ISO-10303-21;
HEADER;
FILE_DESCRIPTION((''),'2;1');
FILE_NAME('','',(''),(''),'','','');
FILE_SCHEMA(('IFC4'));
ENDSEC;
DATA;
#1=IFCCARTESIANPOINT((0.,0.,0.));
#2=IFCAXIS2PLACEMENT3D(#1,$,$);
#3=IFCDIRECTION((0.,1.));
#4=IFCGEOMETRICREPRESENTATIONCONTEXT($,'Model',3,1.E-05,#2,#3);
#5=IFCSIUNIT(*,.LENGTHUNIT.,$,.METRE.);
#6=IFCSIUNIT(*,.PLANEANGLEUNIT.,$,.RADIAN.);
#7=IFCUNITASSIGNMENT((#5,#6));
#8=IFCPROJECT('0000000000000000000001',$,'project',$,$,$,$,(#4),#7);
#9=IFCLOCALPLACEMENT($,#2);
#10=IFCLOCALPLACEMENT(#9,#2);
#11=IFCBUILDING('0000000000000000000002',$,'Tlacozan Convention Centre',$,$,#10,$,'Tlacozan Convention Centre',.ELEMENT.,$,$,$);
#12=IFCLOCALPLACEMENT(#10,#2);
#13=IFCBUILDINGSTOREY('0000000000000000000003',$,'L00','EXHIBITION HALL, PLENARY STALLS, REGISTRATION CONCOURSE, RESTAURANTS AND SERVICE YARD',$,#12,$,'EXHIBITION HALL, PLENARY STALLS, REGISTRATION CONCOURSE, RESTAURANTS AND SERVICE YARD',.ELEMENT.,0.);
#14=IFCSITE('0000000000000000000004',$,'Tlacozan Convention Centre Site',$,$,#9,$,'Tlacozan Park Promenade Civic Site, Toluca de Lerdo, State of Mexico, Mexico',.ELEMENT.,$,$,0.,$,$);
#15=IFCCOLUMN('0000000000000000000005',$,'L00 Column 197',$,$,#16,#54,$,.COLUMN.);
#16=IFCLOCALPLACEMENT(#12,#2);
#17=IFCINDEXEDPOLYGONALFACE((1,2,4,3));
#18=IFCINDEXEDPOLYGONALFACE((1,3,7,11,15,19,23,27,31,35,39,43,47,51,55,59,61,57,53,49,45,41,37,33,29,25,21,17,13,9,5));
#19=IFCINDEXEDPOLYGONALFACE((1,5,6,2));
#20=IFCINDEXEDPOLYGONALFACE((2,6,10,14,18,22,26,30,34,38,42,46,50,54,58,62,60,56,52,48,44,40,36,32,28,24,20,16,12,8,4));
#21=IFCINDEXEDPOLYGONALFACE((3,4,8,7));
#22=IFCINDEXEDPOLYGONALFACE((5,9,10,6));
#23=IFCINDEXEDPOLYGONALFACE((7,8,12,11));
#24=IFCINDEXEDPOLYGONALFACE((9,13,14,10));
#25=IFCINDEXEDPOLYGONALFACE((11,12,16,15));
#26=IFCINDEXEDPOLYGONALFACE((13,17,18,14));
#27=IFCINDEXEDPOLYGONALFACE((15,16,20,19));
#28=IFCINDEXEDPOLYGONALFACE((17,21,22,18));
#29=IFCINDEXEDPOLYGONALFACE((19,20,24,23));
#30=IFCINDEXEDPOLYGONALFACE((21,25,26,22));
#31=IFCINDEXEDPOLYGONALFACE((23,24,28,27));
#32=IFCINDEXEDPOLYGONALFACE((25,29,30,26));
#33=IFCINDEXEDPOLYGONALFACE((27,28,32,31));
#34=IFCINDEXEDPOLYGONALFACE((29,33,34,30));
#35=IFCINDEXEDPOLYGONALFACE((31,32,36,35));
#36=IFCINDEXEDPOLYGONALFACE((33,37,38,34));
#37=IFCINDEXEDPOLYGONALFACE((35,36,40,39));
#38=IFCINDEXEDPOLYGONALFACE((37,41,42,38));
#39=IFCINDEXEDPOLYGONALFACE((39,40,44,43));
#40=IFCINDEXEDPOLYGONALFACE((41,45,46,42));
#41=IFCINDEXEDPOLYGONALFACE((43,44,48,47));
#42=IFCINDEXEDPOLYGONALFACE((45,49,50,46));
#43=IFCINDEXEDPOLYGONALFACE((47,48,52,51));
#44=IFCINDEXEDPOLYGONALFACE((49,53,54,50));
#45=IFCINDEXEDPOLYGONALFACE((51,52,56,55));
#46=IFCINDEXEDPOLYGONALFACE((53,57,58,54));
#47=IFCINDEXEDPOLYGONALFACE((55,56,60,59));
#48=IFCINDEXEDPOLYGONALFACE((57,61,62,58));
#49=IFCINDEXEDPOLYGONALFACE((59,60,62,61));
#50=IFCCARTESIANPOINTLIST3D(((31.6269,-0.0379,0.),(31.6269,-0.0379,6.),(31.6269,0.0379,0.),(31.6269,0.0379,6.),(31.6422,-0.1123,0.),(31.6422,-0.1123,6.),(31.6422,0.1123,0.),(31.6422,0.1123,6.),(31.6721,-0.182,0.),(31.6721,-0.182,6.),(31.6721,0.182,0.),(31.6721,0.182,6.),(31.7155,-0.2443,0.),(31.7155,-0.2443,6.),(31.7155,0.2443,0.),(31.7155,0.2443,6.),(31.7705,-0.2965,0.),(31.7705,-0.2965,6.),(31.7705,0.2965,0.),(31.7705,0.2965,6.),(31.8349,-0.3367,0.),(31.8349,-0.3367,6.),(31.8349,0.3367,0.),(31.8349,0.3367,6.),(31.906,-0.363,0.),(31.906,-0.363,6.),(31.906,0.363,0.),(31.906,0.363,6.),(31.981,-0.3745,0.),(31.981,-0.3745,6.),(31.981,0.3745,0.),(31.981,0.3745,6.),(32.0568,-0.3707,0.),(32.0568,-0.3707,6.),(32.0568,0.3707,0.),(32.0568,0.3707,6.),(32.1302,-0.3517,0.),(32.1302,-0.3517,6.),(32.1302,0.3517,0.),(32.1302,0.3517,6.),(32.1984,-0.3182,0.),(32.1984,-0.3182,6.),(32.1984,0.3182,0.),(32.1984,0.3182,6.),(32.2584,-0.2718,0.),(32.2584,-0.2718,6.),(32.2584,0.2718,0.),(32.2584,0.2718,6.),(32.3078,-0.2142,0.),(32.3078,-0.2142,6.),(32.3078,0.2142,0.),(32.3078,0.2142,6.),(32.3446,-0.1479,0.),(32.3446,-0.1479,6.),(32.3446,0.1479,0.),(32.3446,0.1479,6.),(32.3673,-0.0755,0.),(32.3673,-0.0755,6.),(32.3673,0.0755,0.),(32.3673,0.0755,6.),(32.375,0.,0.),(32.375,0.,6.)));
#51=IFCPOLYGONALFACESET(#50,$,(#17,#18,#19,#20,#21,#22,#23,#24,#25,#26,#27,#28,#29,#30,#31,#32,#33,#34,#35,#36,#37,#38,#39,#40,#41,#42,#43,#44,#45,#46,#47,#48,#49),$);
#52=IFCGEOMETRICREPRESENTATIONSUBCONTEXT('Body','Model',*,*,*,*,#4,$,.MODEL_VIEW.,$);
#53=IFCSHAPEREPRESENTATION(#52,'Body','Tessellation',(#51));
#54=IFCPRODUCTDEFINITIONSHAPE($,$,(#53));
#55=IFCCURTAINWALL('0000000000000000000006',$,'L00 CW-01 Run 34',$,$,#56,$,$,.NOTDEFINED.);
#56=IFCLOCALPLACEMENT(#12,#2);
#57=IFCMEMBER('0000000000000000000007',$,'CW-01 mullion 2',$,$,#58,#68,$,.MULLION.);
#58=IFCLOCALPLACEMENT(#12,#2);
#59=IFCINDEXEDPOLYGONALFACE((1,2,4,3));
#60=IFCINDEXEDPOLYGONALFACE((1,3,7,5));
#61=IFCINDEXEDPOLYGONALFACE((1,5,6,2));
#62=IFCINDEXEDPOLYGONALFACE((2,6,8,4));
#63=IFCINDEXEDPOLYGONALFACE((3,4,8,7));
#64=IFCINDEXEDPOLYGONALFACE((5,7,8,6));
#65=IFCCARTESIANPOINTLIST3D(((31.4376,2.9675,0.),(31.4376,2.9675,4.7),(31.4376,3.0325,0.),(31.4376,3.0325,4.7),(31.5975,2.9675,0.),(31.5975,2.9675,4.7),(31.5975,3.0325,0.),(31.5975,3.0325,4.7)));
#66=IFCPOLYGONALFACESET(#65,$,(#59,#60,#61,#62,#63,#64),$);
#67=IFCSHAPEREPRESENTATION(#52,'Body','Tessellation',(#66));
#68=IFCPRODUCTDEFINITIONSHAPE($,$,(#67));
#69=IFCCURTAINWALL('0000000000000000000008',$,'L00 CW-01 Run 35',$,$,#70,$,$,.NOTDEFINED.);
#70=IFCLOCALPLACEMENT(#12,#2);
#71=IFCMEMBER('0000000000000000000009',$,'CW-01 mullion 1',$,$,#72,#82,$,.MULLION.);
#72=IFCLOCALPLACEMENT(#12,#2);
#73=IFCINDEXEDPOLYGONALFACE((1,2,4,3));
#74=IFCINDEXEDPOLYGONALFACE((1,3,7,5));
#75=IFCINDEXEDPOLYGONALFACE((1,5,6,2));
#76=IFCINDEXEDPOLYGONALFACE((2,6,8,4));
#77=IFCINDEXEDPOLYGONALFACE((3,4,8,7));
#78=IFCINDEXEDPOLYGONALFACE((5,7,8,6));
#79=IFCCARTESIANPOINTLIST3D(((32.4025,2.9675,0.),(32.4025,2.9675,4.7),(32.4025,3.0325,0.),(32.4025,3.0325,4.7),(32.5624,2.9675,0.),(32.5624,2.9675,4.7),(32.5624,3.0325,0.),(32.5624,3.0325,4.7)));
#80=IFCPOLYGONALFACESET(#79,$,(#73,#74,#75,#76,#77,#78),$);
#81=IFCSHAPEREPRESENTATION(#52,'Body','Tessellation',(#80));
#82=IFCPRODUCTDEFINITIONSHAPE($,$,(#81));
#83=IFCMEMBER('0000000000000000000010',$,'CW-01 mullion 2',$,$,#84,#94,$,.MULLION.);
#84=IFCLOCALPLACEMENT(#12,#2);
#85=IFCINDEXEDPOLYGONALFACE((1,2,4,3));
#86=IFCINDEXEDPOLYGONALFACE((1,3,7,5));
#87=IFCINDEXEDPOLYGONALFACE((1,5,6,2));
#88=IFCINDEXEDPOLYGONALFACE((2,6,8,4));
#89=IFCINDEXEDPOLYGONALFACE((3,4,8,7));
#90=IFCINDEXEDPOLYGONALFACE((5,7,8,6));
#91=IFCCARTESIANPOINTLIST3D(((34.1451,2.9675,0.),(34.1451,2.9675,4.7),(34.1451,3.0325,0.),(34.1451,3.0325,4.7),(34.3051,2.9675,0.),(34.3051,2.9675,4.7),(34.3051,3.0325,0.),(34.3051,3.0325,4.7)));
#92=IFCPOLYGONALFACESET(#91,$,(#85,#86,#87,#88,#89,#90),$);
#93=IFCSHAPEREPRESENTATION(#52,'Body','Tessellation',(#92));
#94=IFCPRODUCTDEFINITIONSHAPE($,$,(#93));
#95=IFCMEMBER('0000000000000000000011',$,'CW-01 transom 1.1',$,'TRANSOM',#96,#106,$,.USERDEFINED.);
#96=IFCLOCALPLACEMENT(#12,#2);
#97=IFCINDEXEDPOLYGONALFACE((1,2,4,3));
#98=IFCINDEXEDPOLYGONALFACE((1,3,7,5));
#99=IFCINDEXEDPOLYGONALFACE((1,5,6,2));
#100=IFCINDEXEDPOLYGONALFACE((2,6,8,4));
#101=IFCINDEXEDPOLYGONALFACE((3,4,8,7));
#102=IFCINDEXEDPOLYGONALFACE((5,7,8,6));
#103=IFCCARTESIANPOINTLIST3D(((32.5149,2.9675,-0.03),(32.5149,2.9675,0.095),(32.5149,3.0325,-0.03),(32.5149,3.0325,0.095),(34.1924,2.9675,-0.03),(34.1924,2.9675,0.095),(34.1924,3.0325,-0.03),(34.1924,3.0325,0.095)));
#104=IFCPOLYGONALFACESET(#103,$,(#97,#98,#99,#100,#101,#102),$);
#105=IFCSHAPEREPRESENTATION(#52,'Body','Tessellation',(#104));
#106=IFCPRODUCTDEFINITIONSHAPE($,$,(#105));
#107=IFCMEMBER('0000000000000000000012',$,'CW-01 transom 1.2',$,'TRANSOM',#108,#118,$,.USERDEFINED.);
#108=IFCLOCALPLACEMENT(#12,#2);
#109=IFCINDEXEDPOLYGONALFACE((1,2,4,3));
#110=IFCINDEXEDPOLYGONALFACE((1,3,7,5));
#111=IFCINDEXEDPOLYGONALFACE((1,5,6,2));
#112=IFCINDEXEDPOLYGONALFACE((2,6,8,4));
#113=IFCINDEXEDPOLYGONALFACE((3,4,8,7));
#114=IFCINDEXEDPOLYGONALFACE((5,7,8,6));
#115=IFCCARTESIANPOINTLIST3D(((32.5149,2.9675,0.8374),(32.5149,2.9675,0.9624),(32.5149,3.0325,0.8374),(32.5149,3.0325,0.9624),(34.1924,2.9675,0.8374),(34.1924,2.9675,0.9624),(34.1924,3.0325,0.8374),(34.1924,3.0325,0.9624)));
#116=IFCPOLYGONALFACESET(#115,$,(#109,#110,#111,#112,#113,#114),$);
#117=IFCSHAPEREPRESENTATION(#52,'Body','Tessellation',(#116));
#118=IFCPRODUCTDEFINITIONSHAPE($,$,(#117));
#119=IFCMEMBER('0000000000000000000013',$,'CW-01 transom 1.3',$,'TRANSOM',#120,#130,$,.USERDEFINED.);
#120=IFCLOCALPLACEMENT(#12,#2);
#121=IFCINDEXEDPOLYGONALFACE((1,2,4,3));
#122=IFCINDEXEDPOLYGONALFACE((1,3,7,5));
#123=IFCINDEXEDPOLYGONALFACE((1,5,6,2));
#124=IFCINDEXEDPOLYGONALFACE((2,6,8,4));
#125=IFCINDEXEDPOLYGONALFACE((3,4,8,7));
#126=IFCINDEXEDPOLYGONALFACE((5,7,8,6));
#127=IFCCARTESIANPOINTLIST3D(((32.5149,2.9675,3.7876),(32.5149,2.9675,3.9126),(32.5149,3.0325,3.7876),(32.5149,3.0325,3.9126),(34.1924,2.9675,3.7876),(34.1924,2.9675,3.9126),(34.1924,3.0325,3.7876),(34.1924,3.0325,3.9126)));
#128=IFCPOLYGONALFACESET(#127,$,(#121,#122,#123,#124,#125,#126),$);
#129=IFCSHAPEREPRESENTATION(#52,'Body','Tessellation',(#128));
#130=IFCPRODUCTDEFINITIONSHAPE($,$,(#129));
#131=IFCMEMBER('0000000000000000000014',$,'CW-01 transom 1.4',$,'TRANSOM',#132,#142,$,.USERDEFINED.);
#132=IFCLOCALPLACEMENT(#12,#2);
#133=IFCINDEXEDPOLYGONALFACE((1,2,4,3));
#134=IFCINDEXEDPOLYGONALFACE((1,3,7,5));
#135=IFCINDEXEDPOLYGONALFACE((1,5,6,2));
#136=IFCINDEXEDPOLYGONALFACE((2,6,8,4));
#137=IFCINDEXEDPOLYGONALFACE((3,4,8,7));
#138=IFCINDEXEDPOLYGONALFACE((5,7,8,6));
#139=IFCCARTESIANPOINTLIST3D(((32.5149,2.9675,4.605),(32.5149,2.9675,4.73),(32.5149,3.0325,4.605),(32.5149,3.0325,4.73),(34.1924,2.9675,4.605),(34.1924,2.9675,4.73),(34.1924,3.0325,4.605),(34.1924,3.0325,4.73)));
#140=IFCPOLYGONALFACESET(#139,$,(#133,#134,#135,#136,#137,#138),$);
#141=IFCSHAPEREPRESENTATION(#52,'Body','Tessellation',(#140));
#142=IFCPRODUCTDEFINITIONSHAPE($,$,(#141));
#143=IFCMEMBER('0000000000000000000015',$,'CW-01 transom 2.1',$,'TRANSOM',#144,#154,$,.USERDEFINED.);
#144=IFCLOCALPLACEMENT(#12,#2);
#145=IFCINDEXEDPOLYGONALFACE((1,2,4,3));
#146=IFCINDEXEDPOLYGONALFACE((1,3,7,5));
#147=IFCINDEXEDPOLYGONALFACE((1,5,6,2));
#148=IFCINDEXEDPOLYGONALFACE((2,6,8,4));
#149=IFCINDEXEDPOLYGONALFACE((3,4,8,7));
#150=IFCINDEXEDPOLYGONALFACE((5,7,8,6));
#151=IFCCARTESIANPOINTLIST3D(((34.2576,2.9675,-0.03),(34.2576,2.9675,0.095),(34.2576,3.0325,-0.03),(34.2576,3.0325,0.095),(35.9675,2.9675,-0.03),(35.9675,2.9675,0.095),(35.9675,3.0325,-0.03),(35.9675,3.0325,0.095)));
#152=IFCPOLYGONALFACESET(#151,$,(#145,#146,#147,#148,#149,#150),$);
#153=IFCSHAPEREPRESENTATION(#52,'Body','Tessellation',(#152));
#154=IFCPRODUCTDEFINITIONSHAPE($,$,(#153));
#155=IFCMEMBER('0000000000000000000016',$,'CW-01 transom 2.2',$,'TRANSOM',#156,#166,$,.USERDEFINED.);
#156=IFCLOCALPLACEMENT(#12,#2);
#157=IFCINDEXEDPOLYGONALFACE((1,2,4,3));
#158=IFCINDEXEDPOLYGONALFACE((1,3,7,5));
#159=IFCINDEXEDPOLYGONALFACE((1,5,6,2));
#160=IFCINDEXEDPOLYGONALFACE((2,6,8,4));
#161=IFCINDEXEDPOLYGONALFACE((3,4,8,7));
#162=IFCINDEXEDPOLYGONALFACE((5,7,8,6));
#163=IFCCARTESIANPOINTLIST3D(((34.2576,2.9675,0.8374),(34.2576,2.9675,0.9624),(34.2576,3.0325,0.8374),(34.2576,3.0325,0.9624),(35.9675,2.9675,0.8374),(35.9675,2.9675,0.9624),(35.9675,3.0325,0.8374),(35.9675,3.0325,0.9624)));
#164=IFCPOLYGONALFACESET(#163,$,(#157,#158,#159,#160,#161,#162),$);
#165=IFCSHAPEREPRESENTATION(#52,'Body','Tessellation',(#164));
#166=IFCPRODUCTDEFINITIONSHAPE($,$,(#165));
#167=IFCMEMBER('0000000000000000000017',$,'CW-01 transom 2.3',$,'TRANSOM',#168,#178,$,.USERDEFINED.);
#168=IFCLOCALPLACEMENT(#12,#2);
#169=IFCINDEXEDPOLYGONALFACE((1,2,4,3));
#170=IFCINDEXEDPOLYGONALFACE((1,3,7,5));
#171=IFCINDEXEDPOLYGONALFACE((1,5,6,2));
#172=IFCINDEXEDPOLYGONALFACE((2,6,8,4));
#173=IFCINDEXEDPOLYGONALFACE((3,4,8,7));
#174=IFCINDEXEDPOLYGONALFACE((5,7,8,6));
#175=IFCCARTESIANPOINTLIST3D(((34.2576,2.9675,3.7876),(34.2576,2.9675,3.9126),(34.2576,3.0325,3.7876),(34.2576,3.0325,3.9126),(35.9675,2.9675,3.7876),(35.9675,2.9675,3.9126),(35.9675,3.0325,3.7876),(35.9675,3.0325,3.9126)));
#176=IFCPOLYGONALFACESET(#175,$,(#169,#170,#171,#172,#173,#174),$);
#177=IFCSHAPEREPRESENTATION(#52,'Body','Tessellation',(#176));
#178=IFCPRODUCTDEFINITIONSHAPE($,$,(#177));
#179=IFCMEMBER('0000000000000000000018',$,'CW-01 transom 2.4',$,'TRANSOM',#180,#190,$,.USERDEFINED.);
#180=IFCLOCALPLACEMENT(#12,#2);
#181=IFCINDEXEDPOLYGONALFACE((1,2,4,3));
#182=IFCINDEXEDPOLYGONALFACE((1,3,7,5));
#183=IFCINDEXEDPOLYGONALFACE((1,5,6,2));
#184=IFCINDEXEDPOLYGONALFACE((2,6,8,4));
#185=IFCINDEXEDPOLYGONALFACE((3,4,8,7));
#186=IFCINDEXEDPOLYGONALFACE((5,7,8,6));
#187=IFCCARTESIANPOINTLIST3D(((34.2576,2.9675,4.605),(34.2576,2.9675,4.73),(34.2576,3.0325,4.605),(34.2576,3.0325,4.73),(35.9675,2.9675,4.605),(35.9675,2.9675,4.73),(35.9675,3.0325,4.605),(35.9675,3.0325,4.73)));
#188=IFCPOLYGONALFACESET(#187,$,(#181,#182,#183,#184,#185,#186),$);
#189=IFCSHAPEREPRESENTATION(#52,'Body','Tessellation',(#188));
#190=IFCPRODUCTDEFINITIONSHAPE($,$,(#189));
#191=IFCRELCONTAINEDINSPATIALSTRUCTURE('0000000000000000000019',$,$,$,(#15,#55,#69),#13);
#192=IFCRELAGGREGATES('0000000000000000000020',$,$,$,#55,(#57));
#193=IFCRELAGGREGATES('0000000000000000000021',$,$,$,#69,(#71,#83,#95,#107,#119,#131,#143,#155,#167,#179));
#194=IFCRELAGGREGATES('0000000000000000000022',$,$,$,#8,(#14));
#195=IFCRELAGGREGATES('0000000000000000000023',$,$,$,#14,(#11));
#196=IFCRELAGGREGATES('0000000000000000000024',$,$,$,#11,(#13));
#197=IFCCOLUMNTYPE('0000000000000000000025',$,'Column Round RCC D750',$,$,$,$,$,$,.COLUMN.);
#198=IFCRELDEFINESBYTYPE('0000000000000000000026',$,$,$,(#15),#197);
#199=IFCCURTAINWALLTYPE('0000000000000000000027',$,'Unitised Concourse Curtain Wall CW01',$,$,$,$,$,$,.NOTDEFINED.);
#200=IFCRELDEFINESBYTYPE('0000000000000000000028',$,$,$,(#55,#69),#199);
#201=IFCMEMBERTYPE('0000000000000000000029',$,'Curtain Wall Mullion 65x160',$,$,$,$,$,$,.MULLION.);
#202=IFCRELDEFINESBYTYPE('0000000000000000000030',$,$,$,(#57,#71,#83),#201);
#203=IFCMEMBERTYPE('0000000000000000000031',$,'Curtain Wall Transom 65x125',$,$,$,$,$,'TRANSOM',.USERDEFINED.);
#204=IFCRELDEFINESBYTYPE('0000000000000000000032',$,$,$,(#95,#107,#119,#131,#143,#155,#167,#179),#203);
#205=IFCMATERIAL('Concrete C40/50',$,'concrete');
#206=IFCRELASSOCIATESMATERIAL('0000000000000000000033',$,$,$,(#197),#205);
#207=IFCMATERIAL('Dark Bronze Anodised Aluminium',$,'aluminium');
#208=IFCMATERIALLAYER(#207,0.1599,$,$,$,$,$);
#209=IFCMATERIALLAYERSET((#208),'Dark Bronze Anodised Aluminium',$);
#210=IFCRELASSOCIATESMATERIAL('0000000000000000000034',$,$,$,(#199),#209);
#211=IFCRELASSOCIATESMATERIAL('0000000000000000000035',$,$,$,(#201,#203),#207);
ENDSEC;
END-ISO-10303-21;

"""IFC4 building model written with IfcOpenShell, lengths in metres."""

from ifc_helpers import new_model, si_unit, direction, frame, origin, origin_2d, place, context, subcontext, project, spatial, rectangle, circle, extrude, material, layer, layer_set, material_profile, profile_set, type_object, element, aggregate, save


model = new_model("IFC4")

# Units and contexts
model_context = context("Model", 3, precision=1e-05, world=origin(), true_north=direction((0.0, 1.0)))
body_context = subcontext(model_context, "Body", "Model", "MODEL_VIEW")
ifc_project = project(units=[si_unit("LENGTHUNIT", "METRE"), si_unit("PLANEANGLEUNIT", "RADIAN")], contexts=[model_context])

# Site, building, storey
site_placement = place(None, origin())
site = spatial("IfcSite", under=ifc_project, at=site_placement, Name="Tlacozan Convention Centre Site", LongName="Tlacozan Park Promenade Civic Site, Toluca de Lerdo, State of Mexico, Mexico", CompositionType="ELEMENT", RefElevation=0.0)
building_placement = place(site_placement, origin())
building = spatial("IfcBuilding", under=site, at=building_placement, Name="Tlacozan Convention Centre", LongName="Tlacozan Convention Centre", CompositionType="ELEMENT")
storey_placement = place(building_placement, origin())
storey = spatial("IfcBuildingStorey", under=building, at=storey_placement, Name="L00", Description="EXHIBITION HALL, PLENARY STALLS, REGISTRATION CONCOURSE, RESTAURANTS AND SERVICE YARD", LongName="EXHIBITION HALL, PLENARY STALLS, REGISTRATION CONCOURSE, RESTAURANTS AND SERVICE YARD", CompositionType="ELEMENT", Elevation=0.0)

# Column
ifc_material_1 = material(Name="Concrete C40/50", Category="concrete")
ifc_material_profile_1 = material_profile(ifc_material_1, circle(Radius=0.375, at=origin_2d()), Name="RCC D750")
ifc_profile_set_1 = profile_set([ifc_material_profile_1], Name="Concrete C40/50")
column_type = type_object("IfcColumnType", Name="Column Round RCC D750", PredefinedType="COLUMN", material=ifc_profile_set_1)
column_placement = place(storey_placement, frame((32.0, 0.0, 0.0), z_axis=(0.0, 0.0, 1.0), x_axis=(1.0, 0.0, 0.0)))
element("IfcColumn", 1, at=column_placement, inside=storey, type_object=column_type, Name="L00 Column 197", PredefinedType="COLUMN", context=body_context, shape_type="SweptSolid", body=[
    extrude(circle(Radius=0.375, at=origin_2d()), origin(), (0.0, 0.0, 1.0), 6.0),
])

# Curtain wall, member
ifc_material_2 = material(Name="Dark Bronze Anodised Aluminium", Category="aluminium")
ifc_layer_1 = layer(ifc_material_2, 0.1599)
ifc_layer_set_1 = layer_set([ifc_layer_1], Name="Dark Bronze Anodised Aluminium")
curtain_wall_type = type_object("IfcCurtainWallType", Name="Unitised Concourse Curtain Wall CW01", PredefinedType="NOTDEFINED", material=ifc_layer_set_1)
curtain_wall_1_placement = place(storey_placement, origin())
curtain_wall_1 = element("IfcCurtainWall", 2, at=curtain_wall_1_placement, inside=storey, type_object=curtain_wall_type, Name="L00 CW-01 Run 34", PredefinedType="NOTDEFINED")
ifc_material_profile_2 = material_profile(ifc_material_2, rectangle(XDim=0.0649, YDim=0.1599, at=origin_2d()), Name="ALU 65x160")
ifc_profile_set_2 = profile_set([ifc_material_profile_2], Name="Dark Bronze Anodised Aluminium")
member_type_1 = type_object("IfcMemberType", Name="Curtain Wall Mullion 65x160", PredefinedType="MULLION", material=ifc_profile_set_2)
member_1_placement = place(storey_placement, frame((31.5176, 3.0, 0.0), z_axis=(0.0, 0.0, 1.0), x_axis=(0.0, 1.0, 0.0)))
member_1 = element("IfcMember", 3, at=member_1_placement, type_object=member_type_1, Name="CW-01 mullion 2", PredefinedType="MULLION", context=body_context, shape_type="SweptSolid", body=[
    extrude(rectangle(XDim=0.0649, YDim=0.1599, at=origin_2d()), origin(), (0.0, 0.0, 1.0), 4.7),
])

# Curtain wall, members
curtain_wall_2_placement = place(storey_placement, origin())
curtain_wall_2 = element("IfcCurtainWall", 4, at=curtain_wall_2_placement, inside=storey, type_object=curtain_wall_type, Name="L00 CW-01 Run 35", PredefinedType="NOTDEFINED")
member_2_placement = place(storey_placement, frame((32.4824, 3.0, 0.0), z_axis=(0.0, 0.0, 1.0), x_axis=(0.0, 1.0, 0.0)))
member_2 = element("IfcMember", 5, at=member_2_placement, type_object=member_type_1, Name="CW-01 mullion 1", PredefinedType="MULLION", context=body_context, shape_type="SweptSolid", body=[
    extrude(rectangle(XDim=0.0649, YDim=0.1599, at=origin_2d()), origin(), (0.0, 0.0, 1.0), 4.7),
])
member_3_placement = place(storey_placement, frame((34.2251, 3.0, 0.0), z_axis=(0.0, 0.0, 1.0), x_axis=(0.0, 1.0, 0.0)))
member_3 = element("IfcMember", 6, at=member_3_placement, type_object=member_type_1, Name="CW-01 mullion 2", PredefinedType="MULLION", context=body_context, shape_type="SweptSolid", body=[
    extrude(rectangle(XDim=0.0649, YDim=0.1599, at=origin_2d()), origin(), (0.0, 0.0, 1.0), 4.7),
])
ifc_material_profile_3 = material_profile(ifc_material_2, rectangle(XDim=0.0649, YDim=0.125, at=origin_2d()), Name="ALU 65x125")
ifc_profile_set_3 = profile_set([ifc_material_profile_3], Name="Dark Bronze Anodised Aluminium")
member_type_2 = type_object("IfcMemberType", Name="Curtain Wall Transom 65x125", ElementType="TRANSOM", PredefinedType="USERDEFINED", material=ifc_profile_set_3)
member_4_placement = place(storey_placement, frame((32.5149, 3.0, 0.0325), z_axis=(1.0, 0.0, 0.0), x_axis=(0.0, 1.0, 0.0)))
member_4 = element("IfcMember", 7, at=member_4_placement, type_object=member_type_2, Name="CW-01 transom 1.1", ObjectType="TRANSOM", PredefinedType="USERDEFINED", context=body_context, shape_type="SweptSolid", body=[
    extrude(rectangle(XDim=0.0649, YDim=0.125, at=origin_2d()), origin(), (0.0, 0.0, 1.0), 1.6775),
])
member_5_placement = place(storey_placement, frame((32.5149, 3.0, 0.8999), z_axis=(1.0, 0.0, 0.0), x_axis=(0.0, 1.0, 0.0)))
member_5 = element("IfcMember", 8, at=member_5_placement, type_object=member_type_2, Name="CW-01 transom 1.2", ObjectType="TRANSOM", PredefinedType="USERDEFINED", context=body_context, shape_type="SweptSolid", body=[
    extrude(rectangle(XDim=0.0649, YDim=0.125, at=origin_2d()), origin(), (0.0, 0.0, 1.0), 1.6775),
])
member_6_placement = place(storey_placement, frame((32.5149, 3.0, 3.8501), z_axis=(1.0, 0.0, 0.0), x_axis=(0.0, 1.0, 0.0)))
member_6 = element("IfcMember", 9, at=member_6_placement, type_object=member_type_2, Name="CW-01 transom 1.3", ObjectType="TRANSOM", PredefinedType="USERDEFINED", context=body_context, shape_type="SweptSolid", body=[
    extrude(rectangle(XDim=0.0649, YDim=0.125, at=origin_2d()), origin(), (0.0, 0.0, 1.0), 1.6775),
])
member_7_placement = place(storey_placement, frame((32.5149, 3.0, 4.6675), z_axis=(1.0, 0.0, 0.0), x_axis=(0.0, 1.0, 0.0)))
member_7 = element("IfcMember", 10, at=member_7_placement, type_object=member_type_2, Name="CW-01 transom 1.4", ObjectType="TRANSOM", PredefinedType="USERDEFINED", context=body_context, shape_type="SweptSolid", body=[
    extrude(rectangle(XDim=0.0649, YDim=0.125, at=origin_2d()), origin(), (0.0, 0.0, 1.0), 1.6775),
])
member_8_placement = place(storey_placement, frame((34.2576, 3.0, 0.0325), z_axis=(1.0, 0.0, 0.0), x_axis=(0.0, 1.0, 0.0)))
member_8 = element("IfcMember", 11, at=member_8_placement, type_object=member_type_2, Name="CW-01 transom 2.1", ObjectType="TRANSOM", PredefinedType="USERDEFINED", context=body_context, shape_type="SweptSolid", body=[
    extrude(rectangle(XDim=0.0649, YDim=0.125, at=origin_2d()), origin(), (0.0, 0.0, 1.0), 1.71),
])
member_9_placement = place(storey_placement, frame((34.2576, 3.0, 0.8999), z_axis=(1.0, 0.0, 0.0), x_axis=(0.0, 1.0, 0.0)))
member_9 = element("IfcMember", 12, at=member_9_placement, type_object=member_type_2, Name="CW-01 transom 2.2", ObjectType="TRANSOM", PredefinedType="USERDEFINED", context=body_context, shape_type="SweptSolid", body=[
    extrude(rectangle(XDim=0.0649, YDim=0.125, at=origin_2d()), origin(), (0.0, 0.0, 1.0), 1.71),
])
member_10_placement = place(storey_placement, frame((34.2576, 3.0, 3.8501), z_axis=(1.0, 0.0, 0.0), x_axis=(0.0, 1.0, 0.0)))
member_10 = element("IfcMember", 13, at=member_10_placement, type_object=member_type_2, Name="CW-01 transom 2.3", ObjectType="TRANSOM", PredefinedType="USERDEFINED", context=body_context, shape_type="SweptSolid", body=[
    extrude(rectangle(XDim=0.0649, YDim=0.125, at=origin_2d()), origin(), (0.0, 0.0, 1.0), 1.71),
])
member_11_placement = place(storey_placement, frame((34.2576, 3.0, 4.6675), z_axis=(1.0, 0.0, 0.0), x_axis=(0.0, 1.0, 0.0)))
member_11 = element("IfcMember", 14, at=member_11_placement, type_object=member_type_2, Name="CW-01 transom 2.4", ObjectType="TRANSOM", PredefinedType="USERDEFINED", context=body_context, shape_type="SweptSolid", body=[
    extrude(rectangle(XDim=0.0649, YDim=0.125, at=origin_2d()), origin(), (0.0, 0.0, 1.0), 1.71),
])

aggregate(curtain_wall_1, [member_1])
aggregate(curtain_wall_2, [member_2, member_3, member_4, member_5, member_6, member_7, member_8, member_9, member_10, member_11])

save(model, "model.ifc")
